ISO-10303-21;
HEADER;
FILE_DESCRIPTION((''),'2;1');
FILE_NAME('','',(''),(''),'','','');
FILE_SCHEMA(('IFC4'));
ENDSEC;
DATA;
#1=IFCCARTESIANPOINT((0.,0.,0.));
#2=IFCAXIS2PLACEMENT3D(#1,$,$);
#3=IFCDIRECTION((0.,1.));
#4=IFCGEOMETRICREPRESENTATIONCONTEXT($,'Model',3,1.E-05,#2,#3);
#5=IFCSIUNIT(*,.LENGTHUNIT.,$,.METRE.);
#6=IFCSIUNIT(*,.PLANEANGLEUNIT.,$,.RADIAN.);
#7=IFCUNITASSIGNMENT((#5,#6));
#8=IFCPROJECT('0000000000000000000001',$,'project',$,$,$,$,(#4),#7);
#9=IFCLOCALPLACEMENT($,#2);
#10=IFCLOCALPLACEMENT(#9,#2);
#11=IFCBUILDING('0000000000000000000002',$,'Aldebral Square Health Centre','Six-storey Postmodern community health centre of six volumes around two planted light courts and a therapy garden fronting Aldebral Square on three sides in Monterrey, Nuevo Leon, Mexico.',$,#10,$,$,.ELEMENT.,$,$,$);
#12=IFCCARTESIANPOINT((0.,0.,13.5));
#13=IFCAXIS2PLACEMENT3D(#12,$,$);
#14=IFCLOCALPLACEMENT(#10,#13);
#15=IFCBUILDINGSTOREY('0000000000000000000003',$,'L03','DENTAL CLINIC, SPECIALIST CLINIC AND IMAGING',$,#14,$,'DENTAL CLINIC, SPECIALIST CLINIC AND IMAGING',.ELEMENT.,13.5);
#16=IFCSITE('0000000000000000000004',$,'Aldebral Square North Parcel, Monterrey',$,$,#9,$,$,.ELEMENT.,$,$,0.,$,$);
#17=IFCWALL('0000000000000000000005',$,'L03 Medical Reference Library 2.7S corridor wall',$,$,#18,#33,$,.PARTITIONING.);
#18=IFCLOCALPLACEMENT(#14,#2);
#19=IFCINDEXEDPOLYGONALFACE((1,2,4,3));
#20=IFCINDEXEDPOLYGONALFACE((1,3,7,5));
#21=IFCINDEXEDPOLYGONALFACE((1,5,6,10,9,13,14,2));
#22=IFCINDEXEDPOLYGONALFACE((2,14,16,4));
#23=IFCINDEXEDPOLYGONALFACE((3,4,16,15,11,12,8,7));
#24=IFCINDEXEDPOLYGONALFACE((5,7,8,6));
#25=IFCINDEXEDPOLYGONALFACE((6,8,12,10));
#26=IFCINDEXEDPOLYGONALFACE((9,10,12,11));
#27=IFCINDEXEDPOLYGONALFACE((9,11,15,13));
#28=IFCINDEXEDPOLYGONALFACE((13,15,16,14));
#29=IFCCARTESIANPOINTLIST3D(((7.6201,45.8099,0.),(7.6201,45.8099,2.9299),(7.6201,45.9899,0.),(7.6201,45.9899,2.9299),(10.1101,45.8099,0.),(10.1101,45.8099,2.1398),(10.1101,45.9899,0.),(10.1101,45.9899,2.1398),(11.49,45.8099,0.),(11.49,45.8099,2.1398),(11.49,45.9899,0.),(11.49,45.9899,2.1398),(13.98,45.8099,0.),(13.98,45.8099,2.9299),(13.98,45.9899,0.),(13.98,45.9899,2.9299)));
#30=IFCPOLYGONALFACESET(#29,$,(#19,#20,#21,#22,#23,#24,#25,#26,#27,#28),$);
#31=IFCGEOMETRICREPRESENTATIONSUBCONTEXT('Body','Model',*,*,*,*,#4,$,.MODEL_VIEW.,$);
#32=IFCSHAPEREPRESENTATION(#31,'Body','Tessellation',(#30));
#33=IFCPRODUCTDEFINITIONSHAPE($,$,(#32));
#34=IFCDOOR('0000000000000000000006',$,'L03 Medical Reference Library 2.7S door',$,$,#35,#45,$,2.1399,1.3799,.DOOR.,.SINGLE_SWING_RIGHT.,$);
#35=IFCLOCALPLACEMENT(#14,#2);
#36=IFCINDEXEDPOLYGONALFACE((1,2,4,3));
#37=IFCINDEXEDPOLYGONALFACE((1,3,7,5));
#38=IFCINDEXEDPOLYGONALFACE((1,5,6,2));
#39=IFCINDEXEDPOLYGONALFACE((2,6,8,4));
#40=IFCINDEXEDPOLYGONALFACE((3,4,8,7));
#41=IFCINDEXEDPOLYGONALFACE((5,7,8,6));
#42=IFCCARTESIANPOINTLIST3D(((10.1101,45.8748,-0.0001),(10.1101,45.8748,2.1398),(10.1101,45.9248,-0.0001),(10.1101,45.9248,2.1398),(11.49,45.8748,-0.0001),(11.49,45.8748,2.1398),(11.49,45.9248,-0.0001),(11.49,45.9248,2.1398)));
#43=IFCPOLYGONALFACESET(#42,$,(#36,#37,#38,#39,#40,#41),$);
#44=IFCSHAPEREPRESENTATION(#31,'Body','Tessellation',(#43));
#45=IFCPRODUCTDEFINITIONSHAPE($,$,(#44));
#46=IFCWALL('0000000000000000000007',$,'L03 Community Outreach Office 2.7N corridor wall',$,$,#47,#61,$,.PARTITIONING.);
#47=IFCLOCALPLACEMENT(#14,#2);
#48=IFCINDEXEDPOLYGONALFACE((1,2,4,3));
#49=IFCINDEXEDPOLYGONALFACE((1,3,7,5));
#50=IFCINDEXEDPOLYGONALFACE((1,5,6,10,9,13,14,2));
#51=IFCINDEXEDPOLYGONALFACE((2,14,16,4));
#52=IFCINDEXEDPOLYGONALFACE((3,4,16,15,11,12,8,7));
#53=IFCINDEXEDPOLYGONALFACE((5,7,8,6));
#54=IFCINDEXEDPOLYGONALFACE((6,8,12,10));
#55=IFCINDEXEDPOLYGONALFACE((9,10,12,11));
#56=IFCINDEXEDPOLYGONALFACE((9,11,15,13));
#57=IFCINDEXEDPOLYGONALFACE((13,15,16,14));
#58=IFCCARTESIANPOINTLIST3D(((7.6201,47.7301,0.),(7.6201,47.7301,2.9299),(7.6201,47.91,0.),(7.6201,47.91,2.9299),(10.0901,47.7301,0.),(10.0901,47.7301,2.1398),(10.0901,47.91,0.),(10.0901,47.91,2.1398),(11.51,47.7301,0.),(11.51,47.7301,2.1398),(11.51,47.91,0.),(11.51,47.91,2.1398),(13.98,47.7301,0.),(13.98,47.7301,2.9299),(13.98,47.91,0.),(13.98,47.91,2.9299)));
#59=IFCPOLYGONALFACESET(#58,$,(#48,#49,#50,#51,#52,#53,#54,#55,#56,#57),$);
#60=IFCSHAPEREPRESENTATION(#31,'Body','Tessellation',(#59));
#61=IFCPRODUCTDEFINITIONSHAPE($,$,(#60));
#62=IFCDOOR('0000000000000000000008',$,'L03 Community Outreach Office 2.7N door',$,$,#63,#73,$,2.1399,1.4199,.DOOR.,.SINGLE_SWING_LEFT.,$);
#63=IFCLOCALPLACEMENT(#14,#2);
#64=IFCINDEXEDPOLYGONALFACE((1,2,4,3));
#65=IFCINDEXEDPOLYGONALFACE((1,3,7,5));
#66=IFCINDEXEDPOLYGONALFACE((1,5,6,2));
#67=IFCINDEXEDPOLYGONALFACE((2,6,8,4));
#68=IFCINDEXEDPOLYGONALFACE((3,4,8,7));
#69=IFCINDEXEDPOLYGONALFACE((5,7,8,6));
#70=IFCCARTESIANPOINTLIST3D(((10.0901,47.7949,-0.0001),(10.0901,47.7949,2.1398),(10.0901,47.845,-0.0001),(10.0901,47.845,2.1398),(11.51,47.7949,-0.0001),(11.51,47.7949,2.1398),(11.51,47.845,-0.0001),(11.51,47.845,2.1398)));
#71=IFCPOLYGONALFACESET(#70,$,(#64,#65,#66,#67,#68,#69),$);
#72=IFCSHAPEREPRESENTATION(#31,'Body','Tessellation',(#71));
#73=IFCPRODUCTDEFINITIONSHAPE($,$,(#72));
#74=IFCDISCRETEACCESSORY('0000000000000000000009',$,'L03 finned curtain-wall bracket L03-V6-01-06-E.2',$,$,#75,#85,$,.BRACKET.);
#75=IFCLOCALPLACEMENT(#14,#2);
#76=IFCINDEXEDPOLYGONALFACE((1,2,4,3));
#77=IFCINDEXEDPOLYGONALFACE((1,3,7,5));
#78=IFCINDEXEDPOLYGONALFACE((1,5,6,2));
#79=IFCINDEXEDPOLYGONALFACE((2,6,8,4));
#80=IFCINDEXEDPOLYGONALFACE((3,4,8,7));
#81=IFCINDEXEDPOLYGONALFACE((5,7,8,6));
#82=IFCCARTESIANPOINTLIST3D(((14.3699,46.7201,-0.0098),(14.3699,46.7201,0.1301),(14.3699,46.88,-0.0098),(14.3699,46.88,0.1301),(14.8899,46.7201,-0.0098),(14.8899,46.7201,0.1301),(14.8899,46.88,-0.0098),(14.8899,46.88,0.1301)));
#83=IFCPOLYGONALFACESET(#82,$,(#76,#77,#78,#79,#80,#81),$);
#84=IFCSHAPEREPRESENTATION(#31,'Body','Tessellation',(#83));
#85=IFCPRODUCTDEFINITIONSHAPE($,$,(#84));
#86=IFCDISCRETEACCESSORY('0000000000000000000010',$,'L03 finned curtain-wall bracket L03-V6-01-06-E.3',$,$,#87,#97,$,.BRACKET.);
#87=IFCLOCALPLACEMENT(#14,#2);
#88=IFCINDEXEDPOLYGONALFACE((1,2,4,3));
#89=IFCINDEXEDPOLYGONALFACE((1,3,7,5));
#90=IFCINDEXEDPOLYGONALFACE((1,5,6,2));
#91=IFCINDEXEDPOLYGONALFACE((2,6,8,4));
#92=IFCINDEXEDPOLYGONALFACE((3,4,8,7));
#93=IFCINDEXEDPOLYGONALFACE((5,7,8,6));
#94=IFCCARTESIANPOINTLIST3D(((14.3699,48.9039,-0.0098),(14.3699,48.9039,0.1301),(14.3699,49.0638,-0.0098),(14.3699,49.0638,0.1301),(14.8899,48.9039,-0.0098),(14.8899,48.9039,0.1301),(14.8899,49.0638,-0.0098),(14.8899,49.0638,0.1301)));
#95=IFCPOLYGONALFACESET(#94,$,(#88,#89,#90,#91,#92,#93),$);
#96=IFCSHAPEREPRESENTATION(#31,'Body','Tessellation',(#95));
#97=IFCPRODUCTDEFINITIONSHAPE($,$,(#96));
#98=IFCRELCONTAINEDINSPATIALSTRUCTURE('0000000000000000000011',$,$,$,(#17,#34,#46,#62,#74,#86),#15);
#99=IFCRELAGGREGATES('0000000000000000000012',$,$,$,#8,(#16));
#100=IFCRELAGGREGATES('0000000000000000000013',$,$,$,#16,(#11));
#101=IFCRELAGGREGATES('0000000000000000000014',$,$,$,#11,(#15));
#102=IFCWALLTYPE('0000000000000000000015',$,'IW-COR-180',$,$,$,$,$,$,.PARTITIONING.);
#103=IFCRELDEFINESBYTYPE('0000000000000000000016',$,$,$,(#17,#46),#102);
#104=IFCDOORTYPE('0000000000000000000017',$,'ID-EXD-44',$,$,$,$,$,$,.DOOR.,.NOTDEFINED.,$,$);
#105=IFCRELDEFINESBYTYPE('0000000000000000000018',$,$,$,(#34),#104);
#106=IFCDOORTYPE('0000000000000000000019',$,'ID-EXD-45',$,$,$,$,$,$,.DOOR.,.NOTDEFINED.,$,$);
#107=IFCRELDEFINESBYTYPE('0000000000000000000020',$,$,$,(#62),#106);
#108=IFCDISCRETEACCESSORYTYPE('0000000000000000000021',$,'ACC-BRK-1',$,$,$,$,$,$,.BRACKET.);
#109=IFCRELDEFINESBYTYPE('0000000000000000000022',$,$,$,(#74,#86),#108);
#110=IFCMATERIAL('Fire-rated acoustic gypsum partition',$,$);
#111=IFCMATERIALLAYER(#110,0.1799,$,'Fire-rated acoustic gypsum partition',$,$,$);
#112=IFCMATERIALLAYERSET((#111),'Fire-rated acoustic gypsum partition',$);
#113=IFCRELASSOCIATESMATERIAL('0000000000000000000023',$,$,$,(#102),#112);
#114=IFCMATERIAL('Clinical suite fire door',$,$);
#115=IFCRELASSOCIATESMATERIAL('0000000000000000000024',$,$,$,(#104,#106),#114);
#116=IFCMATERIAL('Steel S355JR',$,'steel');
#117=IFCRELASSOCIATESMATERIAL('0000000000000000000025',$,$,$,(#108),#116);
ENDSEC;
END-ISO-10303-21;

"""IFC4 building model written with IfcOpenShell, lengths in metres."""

from ifc_helpers import new_model, si_unit, direction, frame, frame_2d, origin, origin_2d, place, context, subcontext, project, spatial, rectangle, extrude, material, layer, layer_set, type_object, element, fill, save


model = new_model("IFC4")

# Units and contexts
model_context = context("Model", 3, precision=1e-05, world=origin(), true_north=direction((0.0, 1.0)))
body_context = subcontext(model_context, "Body", "Model", "MODEL_VIEW")
ifc_project = project(units=[si_unit("LENGTHUNIT", "METRE"), si_unit("PLANEANGLEUNIT", "RADIAN")], contexts=[model_context])

# Site, building, storey
site_placement = place(None, origin())
site = spatial("IfcSite", under=ifc_project, at=site_placement, Name="Aldebral Square North Parcel, Monterrey", CompositionType="ELEMENT", RefElevation=0.0)
building_placement = place(site_placement, origin())
building = spatial("IfcBuilding", under=site, at=building_placement, Name="Aldebral Square Health Centre", Description="Six-storey Postmodern community health centre of six volumes around two planted light courts and a therapy garden fronting Aldebral Square on three sides in Monterrey, Nuevo Leon, Mexico.", CompositionType="ELEMENT")
storey_placement = place(building_placement, frame((0.0, 0.0, 13.5)))
storey = spatial("IfcBuildingStorey", under=building, at=storey_placement, Name="L03", Description="DENTAL CLINIC, SPECIALIST CLINIC AND IMAGING", LongName="DENTAL CLINIC, SPECIALIST CLINIC AND IMAGING", CompositionType="ELEMENT", Elevation=13.5)

# Walls, openings, doors
ifc_material_1 = material(Name="Fire-rated acoustic gypsum partition")
ifc_layer_1 = layer(ifc_material_1, 0.1799, Name="Fire-rated acoustic gypsum partition")
ifc_layer_set_1 = layer_set([ifc_layer_1], Name="Fire-rated acoustic gypsum partition")
wall_type = type_object("IfcWallType", Name="IW-COR-180", PredefinedType="PARTITIONING", material=ifc_layer_set_1)
wall_1_placement = place(storey_placement, frame((7.6201, 45.8999, 0.0), z_axis=(0.0, 0.0, 1.0), x_axis=(1.0, 0.0, 0.0)))
wall_1 = element("IfcWall", 1, at=wall_1_placement, inside=storey, type_object=wall_type, Name="L03 Medical Reference Library 2.7S corridor wall", PredefinedType="PARTITIONING", context=body_context, shape_type="SweptSolid", body=[
    extrude(rectangle(XDim=6.3599, YDim=0.1799, at=frame_2d((3.1799, 0.0))), origin(), (0.0, 0.0, 1.0), 2.9299),
])
opening_1_placement = place(wall_1_placement, frame((2.49, 0.0, 0.0)))
opening_1 = element("IfcOpeningElement", 2, at=opening_1_placement, cuts=wall_1, PredefinedType="OPENING", context=body_context, shape_type="SweptSolid", body=[
    extrude(rectangle(XDim=1.3799, YDim=2.1399, at=frame_2d((0.6899, 1.0698))), frame((0.0, 0.1001, 0.0), z_axis=(0.0, -1.0, 0.0), x_axis=(1.0, 0.0, 0.0)), (0.0, 0.0, 1.0), 0.2),
])
ifc_material_2 = material(Name="Clinical suite fire door")
door_type_1 = type_object("IfcDoorType", Name="ID-EXD-44", OperationType="NOTDEFINED", PredefinedType="DOOR", material=ifc_material_2)
door_1_placement = place(opening_1_placement, origin())
door_1 = element("IfcDoor", 3, at=door_1_placement, inside=storey, type_object=door_type_1, Name="L03 Medical Reference Library 2.7S door", OperationType="SINGLE_SWING_RIGHT", OverallHeight=2.1399, OverallWidth=1.3799, PredefinedType="DOOR", context=body_context, shape_type="SweptSolid", body=[
    extrude(rectangle(XDim=1.3799, YDim=2.1399, at=frame_2d((0.6899, 1.0698))), frame((0.0, 0.0249, 0.0), z_axis=(0.0, -1.0, 0.0), x_axis=(1.0, 0.0, 0.0)), (0.0, 0.0, 1.0), 0.05),
])
fill(opening_1, door_1)
wall_2_placement = place(storey_placement, frame((7.6201, 47.8201, 0.0), z_axis=(0.0, 0.0, 1.0), x_axis=(1.0, 0.0, 0.0)))
wall_2 = element("IfcWall", 4, at=wall_2_placement, inside=storey, type_object=wall_type, Name="L03 Community Outreach Office 2.7N corridor wall", PredefinedType="PARTITIONING", context=body_context, shape_type="SweptSolid", body=[
    extrude(rectangle(XDim=6.3599, YDim=0.1799, at=frame_2d((3.1799, 0.0))), origin(), (0.0, 0.0, 1.0), 2.9299),
])
opening_2_placement = place(wall_2_placement, frame((2.47, 0.0, 0.0)))
opening_2 = element("IfcOpeningElement", 5, at=opening_2_placement, cuts=wall_2, PredefinedType="OPENING", context=body_context, shape_type="SweptSolid", body=[
    extrude(rectangle(XDim=1.4199, YDim=2.1399, at=frame_2d((0.71, 1.0698))), frame((0.0, 0.1001, 0.0), z_axis=(0.0, -1.0, 0.0), x_axis=(1.0, 0.0, 0.0)), (0.0, 0.0, 1.0), 0.2),
])
door_type_2 = type_object("IfcDoorType", Name="ID-EXD-45", OperationType="NOTDEFINED", PredefinedType="DOOR", material=ifc_material_2)
door_2_placement = place(opening_2_placement, origin())
door_2 = element("IfcDoor", 6, at=door_2_placement, inside=storey, type_object=door_type_2, Name="L03 Community Outreach Office 2.7N door", OperationType="SINGLE_SWING_LEFT", OverallHeight=2.1399, OverallWidth=1.4199, PredefinedType="DOOR", context=body_context, shape_type="SweptSolid", body=[
    extrude(rectangle(XDim=1.4199, YDim=2.1399, at=frame_2d((0.71, 1.0698))), frame((0.0, 0.0249, 0.0), z_axis=(0.0, -1.0, 0.0), x_axis=(1.0, 0.0, 0.0)), (0.0, 0.0, 1.0), 0.05),
])
fill(opening_2, door_2)

# Discrete accessories
ifc_material_3 = material(Name="Steel S355JR", Category="steel")
discrete_accessory_type = type_object("IfcDiscreteAccessoryType", Name="ACC-BRK-1", PredefinedType="BRACKET", material=ifc_material_3)
for number, where, z_axis, x_axis, name in (
    (7, (14.6299, 46.8, -0.0098), (0.0, 0.0, 1.0), (0.0, 1.0, 0.0), "L03 finned curtain-wall bracket L03-V6-01-06-E.2"),
    (8, (14.6299, 48.9839, -0.0098), (0.0, 0.0, 1.0), (0.0, 1.0, 0.0), "L03 finned curtain-wall bracket L03-V6-01-06-E.3"),
):
    element("IfcDiscreteAccessory", number, at=place(storey_placement, frame(where, z_axis=z_axis, x_axis=x_axis)), inside=storey, type_object=discrete_accessory_type, Name=name, PredefinedType="BRACKET", context=body_context, shape_type="SweptSolid", body=[
        extrude(rectangle(XDim=0.1599, YDim=0.52, at=origin_2d()), origin(), (0.0, 0.0, 1.0), 0.1399),
    ])

save(model, "model.ifc")
